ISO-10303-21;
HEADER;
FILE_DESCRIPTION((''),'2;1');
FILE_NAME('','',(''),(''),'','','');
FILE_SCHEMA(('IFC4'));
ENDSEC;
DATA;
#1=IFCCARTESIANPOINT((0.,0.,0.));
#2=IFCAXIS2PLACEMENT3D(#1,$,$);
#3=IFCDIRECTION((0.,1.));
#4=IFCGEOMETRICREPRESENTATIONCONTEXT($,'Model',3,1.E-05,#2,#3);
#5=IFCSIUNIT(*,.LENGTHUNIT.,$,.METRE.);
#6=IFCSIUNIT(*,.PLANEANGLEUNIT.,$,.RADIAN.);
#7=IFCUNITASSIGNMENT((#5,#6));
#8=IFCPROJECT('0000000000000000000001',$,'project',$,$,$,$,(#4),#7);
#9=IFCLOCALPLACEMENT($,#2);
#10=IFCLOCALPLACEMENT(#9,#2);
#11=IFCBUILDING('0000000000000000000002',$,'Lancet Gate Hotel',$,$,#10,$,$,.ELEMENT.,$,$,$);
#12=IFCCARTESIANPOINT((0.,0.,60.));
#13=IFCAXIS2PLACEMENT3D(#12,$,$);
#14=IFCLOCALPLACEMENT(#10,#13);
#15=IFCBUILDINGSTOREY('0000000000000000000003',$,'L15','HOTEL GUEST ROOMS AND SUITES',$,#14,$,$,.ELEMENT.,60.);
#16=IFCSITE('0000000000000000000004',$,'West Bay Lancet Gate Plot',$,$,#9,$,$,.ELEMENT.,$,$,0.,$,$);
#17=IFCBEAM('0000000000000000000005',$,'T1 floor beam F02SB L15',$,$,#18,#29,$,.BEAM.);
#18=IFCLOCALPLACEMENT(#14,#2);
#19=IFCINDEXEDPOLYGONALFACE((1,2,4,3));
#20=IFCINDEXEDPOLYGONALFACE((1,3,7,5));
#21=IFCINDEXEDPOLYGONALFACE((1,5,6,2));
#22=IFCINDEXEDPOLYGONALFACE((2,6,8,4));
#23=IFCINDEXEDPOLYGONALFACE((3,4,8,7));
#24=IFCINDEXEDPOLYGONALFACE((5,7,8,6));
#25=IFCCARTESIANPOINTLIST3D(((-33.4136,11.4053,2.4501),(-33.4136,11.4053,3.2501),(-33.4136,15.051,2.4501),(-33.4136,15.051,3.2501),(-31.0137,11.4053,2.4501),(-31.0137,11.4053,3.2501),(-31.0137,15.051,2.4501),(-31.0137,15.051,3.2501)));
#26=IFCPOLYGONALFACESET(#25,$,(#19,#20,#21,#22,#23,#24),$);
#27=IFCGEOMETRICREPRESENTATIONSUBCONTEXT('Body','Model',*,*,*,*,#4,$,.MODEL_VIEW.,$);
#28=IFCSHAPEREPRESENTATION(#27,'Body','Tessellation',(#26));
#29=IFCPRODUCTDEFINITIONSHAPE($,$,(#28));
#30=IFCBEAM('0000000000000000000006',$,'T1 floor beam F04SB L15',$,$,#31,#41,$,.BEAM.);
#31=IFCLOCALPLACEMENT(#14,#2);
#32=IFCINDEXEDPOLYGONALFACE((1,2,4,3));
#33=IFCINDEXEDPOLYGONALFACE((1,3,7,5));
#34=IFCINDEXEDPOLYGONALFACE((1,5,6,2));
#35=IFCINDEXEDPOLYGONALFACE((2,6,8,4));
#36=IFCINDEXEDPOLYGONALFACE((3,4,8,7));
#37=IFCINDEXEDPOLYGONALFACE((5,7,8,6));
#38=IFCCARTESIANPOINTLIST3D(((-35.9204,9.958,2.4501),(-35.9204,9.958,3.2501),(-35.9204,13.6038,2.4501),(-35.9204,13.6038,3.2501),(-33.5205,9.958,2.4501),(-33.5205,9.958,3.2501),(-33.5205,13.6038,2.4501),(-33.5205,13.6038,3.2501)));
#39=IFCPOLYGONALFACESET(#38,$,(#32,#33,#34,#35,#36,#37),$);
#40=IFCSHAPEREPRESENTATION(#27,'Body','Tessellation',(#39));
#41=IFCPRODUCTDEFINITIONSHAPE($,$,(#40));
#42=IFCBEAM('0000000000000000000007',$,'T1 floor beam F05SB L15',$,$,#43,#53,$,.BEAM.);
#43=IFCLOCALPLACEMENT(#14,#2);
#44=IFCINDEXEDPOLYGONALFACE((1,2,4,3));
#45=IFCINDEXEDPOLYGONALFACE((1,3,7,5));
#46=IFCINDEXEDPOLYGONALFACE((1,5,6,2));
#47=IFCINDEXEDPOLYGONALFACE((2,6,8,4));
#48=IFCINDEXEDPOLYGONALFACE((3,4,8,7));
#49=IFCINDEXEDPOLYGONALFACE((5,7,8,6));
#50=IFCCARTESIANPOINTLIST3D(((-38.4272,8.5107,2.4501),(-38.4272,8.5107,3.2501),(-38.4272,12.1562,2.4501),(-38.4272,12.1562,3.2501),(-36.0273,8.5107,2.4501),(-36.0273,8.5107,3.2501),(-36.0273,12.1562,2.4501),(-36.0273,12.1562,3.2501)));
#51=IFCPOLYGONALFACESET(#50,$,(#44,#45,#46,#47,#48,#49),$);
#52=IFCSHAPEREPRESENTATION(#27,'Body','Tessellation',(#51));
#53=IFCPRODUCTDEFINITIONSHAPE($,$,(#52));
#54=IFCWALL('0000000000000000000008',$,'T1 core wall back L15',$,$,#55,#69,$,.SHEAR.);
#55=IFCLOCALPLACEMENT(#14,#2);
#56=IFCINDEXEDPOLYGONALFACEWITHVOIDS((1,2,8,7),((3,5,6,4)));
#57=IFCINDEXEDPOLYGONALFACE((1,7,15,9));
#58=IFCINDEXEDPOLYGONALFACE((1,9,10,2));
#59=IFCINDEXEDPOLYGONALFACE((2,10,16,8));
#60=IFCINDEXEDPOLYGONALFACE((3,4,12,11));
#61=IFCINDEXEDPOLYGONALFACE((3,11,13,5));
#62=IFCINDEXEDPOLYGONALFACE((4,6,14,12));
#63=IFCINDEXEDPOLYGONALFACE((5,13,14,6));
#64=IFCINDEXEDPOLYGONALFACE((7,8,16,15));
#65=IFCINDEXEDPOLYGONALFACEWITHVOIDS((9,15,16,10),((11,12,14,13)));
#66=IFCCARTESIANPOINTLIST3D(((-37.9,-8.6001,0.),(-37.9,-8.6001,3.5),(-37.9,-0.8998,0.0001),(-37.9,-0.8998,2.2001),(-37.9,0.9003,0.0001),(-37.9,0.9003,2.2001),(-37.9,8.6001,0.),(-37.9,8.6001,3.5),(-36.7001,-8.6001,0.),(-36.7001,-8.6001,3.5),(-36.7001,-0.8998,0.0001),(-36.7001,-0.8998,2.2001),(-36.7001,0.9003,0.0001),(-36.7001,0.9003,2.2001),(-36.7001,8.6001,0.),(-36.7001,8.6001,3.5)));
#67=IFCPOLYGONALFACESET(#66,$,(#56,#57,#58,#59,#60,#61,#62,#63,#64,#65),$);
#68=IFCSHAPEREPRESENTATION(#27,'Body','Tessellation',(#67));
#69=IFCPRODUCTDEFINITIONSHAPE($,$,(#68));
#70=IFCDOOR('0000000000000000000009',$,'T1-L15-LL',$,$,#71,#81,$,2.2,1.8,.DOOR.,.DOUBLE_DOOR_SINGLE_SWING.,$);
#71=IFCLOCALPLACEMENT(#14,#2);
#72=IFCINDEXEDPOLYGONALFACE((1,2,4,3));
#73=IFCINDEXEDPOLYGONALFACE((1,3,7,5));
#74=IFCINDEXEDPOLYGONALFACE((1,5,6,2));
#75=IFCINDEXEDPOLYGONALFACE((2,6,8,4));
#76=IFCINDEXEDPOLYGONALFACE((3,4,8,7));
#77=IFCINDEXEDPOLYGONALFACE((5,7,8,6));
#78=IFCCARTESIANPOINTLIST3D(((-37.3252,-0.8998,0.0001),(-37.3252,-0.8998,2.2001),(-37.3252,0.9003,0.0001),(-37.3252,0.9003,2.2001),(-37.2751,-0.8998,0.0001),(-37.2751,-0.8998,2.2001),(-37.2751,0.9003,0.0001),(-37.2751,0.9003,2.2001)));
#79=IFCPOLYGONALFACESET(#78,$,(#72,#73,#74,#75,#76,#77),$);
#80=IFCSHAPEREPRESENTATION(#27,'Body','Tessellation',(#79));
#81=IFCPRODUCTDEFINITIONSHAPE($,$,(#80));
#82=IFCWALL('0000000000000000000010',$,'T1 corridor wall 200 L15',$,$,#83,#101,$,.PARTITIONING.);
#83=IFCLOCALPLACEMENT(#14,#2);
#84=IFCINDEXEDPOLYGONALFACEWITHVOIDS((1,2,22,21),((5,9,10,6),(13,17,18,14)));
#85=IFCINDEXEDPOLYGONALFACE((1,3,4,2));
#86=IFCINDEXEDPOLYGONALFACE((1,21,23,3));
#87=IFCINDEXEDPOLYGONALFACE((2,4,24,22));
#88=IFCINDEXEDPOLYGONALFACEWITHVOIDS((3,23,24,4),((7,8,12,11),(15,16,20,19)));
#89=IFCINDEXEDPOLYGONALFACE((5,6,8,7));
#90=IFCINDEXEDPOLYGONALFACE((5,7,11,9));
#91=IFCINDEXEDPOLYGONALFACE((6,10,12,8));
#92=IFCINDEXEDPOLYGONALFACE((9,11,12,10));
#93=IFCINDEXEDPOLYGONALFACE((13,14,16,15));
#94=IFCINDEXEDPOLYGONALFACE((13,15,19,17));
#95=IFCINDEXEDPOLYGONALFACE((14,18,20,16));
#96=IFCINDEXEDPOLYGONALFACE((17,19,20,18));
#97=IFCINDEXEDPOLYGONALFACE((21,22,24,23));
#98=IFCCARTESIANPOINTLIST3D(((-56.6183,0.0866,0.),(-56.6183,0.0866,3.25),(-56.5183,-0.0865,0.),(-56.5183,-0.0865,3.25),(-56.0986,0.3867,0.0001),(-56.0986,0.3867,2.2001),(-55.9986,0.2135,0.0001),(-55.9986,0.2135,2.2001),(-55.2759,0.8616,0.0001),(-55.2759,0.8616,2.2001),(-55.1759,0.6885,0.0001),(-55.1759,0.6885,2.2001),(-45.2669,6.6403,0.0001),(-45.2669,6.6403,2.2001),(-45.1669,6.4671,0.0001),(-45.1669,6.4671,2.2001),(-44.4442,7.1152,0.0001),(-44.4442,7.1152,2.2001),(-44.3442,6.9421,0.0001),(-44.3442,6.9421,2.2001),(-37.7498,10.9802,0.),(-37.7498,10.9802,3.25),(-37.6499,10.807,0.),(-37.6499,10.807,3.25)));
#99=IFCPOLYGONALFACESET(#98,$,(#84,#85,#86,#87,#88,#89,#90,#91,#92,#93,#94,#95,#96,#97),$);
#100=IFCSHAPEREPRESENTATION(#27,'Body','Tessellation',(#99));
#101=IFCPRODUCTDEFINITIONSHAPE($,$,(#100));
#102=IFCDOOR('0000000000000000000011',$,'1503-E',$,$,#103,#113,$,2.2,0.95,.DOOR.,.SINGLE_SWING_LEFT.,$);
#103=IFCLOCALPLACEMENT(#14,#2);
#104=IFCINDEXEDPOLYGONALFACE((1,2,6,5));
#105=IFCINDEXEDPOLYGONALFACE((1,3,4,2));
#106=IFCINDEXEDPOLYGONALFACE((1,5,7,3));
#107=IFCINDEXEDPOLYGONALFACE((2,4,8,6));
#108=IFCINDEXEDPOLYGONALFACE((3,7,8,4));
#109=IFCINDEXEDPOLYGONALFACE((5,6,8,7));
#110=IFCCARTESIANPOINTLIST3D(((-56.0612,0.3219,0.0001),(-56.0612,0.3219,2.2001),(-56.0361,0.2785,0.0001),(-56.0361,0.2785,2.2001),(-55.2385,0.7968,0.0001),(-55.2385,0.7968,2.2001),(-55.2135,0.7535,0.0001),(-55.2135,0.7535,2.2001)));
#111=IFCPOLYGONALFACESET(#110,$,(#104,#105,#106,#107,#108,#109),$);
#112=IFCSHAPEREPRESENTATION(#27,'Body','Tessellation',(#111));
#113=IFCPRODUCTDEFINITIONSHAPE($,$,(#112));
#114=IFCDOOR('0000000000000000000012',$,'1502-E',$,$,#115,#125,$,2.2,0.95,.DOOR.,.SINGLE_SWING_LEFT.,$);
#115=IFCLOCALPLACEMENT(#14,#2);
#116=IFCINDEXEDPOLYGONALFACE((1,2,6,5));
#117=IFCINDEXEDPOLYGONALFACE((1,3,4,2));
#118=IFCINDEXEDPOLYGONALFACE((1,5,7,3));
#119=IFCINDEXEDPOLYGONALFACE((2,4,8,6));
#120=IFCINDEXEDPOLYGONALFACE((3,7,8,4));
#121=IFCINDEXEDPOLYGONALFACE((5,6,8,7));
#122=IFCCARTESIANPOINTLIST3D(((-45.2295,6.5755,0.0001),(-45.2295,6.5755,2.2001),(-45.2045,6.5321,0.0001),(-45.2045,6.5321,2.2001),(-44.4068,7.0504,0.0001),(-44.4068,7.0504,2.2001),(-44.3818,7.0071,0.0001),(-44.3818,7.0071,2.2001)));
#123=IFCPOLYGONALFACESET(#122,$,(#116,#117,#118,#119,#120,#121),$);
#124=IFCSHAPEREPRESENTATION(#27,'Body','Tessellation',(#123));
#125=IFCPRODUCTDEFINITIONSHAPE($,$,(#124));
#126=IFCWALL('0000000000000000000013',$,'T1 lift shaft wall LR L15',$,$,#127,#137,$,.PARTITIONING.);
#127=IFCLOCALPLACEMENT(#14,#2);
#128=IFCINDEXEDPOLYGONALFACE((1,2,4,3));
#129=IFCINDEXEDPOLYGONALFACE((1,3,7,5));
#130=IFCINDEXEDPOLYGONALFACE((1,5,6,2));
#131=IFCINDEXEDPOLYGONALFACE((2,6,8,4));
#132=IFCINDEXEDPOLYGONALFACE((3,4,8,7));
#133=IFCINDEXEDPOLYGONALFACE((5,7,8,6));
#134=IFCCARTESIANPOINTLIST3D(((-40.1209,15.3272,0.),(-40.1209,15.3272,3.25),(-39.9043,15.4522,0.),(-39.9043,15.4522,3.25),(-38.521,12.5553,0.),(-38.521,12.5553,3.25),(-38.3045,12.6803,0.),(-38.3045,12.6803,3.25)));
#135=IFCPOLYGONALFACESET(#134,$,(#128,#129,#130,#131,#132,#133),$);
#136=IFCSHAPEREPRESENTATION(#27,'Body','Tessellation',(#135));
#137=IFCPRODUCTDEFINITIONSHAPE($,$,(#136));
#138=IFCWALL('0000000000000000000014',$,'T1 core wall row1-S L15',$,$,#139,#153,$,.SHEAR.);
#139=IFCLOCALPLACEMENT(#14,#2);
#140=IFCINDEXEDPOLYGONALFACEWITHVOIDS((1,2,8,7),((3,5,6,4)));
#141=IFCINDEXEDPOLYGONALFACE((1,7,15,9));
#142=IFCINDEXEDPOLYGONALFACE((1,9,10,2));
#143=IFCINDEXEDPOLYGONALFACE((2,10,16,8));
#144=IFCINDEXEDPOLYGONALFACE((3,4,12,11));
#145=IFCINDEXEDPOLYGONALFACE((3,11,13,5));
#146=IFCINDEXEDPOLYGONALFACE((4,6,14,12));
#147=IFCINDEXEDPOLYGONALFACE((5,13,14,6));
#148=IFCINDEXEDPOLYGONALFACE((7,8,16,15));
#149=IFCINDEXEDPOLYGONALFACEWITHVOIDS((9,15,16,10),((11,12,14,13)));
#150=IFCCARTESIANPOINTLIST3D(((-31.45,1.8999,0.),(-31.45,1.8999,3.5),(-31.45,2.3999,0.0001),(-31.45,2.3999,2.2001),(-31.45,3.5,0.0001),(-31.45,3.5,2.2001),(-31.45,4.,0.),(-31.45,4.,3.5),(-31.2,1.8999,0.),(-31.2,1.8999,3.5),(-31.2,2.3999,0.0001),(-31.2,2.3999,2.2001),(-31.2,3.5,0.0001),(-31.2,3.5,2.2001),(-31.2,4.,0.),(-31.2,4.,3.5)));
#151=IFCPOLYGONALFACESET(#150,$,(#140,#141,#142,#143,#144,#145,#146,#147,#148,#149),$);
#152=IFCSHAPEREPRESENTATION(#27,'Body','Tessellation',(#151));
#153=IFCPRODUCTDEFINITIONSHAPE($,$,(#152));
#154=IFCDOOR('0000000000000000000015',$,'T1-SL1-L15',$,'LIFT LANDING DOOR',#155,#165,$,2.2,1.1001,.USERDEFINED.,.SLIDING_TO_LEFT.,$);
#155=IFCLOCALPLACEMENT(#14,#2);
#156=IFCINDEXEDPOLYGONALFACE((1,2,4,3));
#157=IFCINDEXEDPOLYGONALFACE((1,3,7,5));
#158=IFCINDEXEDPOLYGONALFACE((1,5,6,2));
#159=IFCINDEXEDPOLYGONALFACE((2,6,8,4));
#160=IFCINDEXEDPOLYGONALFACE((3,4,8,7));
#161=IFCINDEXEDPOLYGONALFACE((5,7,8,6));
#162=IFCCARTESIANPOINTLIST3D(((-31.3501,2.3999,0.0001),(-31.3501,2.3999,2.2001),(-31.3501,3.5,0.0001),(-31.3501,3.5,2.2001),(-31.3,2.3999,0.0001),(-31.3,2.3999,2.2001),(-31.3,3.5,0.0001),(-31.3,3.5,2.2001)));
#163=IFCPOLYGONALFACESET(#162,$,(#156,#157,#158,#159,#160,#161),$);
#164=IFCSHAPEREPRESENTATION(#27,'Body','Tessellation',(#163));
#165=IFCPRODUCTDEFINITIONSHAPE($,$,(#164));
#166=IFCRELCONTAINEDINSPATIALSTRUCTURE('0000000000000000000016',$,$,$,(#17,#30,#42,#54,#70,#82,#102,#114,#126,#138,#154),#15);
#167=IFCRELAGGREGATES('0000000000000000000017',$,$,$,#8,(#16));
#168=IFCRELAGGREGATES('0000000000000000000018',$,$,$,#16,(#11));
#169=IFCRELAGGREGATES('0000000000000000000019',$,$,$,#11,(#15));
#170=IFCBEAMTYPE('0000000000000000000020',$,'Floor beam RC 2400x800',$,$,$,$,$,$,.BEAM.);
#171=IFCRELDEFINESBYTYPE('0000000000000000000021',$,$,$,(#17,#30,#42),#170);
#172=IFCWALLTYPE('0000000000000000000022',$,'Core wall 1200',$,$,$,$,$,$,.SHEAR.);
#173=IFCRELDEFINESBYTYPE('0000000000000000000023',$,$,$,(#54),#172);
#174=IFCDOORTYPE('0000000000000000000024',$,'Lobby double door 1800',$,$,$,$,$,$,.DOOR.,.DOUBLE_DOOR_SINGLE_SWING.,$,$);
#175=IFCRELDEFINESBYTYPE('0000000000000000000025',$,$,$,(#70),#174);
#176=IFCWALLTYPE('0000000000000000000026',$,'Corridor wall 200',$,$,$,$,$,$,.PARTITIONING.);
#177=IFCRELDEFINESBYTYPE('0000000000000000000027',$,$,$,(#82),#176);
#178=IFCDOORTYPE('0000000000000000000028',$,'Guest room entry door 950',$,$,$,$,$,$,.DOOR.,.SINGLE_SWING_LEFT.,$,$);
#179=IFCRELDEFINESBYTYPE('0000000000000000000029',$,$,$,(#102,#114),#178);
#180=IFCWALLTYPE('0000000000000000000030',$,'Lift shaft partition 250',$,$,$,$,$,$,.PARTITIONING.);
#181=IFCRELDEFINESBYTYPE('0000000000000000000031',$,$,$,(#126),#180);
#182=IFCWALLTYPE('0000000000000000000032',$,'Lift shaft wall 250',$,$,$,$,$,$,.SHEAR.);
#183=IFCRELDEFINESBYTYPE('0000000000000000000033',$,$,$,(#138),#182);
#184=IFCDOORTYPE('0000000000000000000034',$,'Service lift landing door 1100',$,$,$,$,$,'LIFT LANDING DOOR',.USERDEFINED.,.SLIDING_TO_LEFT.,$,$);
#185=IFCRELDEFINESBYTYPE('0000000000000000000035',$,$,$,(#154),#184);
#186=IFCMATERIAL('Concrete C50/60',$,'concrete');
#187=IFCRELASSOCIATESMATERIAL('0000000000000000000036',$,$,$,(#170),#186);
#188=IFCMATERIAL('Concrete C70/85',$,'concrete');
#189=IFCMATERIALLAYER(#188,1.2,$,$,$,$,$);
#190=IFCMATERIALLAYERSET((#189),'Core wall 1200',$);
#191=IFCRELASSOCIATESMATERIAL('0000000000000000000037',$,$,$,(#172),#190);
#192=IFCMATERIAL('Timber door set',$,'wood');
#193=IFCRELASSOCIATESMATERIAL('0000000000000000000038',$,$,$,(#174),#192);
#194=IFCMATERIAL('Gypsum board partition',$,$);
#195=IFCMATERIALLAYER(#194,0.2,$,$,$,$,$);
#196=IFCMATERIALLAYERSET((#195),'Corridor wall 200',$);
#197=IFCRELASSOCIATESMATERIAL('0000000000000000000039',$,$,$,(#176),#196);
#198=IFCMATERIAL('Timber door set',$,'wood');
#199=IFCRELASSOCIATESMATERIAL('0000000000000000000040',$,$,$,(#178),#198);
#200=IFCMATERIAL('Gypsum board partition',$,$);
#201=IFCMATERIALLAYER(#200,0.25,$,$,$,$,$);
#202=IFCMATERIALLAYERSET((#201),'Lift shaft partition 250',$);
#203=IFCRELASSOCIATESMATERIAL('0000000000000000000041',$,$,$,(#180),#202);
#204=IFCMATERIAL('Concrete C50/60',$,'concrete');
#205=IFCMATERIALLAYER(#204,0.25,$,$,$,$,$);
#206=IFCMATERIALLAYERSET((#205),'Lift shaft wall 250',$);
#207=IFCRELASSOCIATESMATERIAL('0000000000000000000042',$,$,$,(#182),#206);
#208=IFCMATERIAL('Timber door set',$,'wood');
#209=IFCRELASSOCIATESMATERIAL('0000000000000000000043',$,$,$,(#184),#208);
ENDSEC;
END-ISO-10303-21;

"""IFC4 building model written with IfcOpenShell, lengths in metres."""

from ifc_helpers import new_model, si_unit, direction, frame, frame_2d, origin, origin_2d, place, context, subcontext, project, spatial, rectangle, extrude, material, layer, layer_set, material_profile, profile_set, type_object, element, fill, save


model = new_model("IFC4")

# Units and contexts
model_context = context("Model", 3, precision=1e-05, world=origin(), true_north=direction((0.0, 1.0)))
body_context = subcontext(model_context, "Body", "Model", "MODEL_VIEW")
ifc_project = project(units=[si_unit("LENGTHUNIT", "METRE"), si_unit("PLANEANGLEUNIT", "RADIAN")], contexts=[model_context])

# Site, building, storey
site_placement = place(None, origin())
site = spatial("IfcSite", under=ifc_project, at=site_placement, Name="West Bay Lancet Gate Plot", CompositionType="ELEMENT", RefElevation=0.0)
building_placement = place(site_placement, origin())
building = spatial("IfcBuilding", under=site, at=building_placement, Name="Lancet Gate Hotel", CompositionType="ELEMENT")
storey_placement = place(building_placement, frame((0.0, 0.0, 60.0)))
storey = spatial("IfcBuildingStorey", under=building, at=storey_placement, Name="L15", Description="HOTEL GUEST ROOMS AND SUITES", CompositionType="ELEMENT", Elevation=60.0)

# Beams
ifc_material_1 = material(Name="Concrete C50/60", Category="concrete")
ifc_material_profile = material_profile(ifc_material_1, rectangle(XDim=2.3999, YDim=0.8, at=origin_2d()), Name="RC 2400x800")
ifc_profile_set = profile_set([ifc_material_profile], Name="Concrete C50/60")
beam_type = type_object("IfcBeamType", Name="Floor beam RC 2400x800", PredefinedType="BEAM", material=ifc_profile_set)
for number, where, z_axis, x_axis, name in (
    (1, (-32.2136, 15.051, 2.8501), (0.0, -1.0, 0.0), (1.0, 0.0, 0.0), "T1 floor beam F02SB L15"),
    (2, (-34.7205, 13.6038, 2.8501), (0.0, -1.0, 0.0), (1.0, 0.0, 0.0), "T1 floor beam F04SB L15"),
):
    element("IfcBeam", number, at=place(storey_placement, frame(where, z_axis=z_axis, x_axis=x_axis)), inside=storey, type_object=beam_type, Name=name, PredefinedType="BEAM", context=body_context, shape_type="SweptSolid", body=[
        extrude(rectangle(XDim=2.3999, YDim=0.8, at=origin_2d()), origin(), (0.0, 0.0, 1.0), 3.6458),
    ])
beam_placement = place(storey_placement, frame((-37.2273, 12.1562, 2.8501), z_axis=(0.0, -1.0, 0.0), x_axis=(1.0, 0.0, 0.0)))
element("IfcBeam", 3, at=beam_placement, inside=storey, type_object=beam_type, Name="T1 floor beam F05SB L15", PredefinedType="BEAM", context=body_context, shape_type="SweptSolid", body=[
    extrude(rectangle(XDim=2.3999, YDim=0.8, at=origin_2d()), origin(), (0.0, 0.0, 1.0), 3.6455),
])

# Wall, opening, door
ifc_material_2 = material(Name="Concrete C70/85", Category="concrete")
ifc_layer_1 = layer(ifc_material_2, 1.2)
ifc_layer_set_1 = layer_set([ifc_layer_1], Name="Core wall 1200")
wall_type_1 = type_object("IfcWallType", Name="Core wall 1200", PredefinedType="SHEAR", material=ifc_layer_set_1)
wall_1_placement = place(storey_placement, frame((-37.3, 8.6001, 0.0), z_axis=(0.0, 0.0, 1.0), x_axis=(0.0, -1.0, 0.0)))
wall_1 = element("IfcWall", 4, at=wall_1_placement, inside=storey, type_object=wall_type_1, Name="T1 core wall back L15", PredefinedType="SHEAR", context=body_context, shape_type="SweptSolid", body=[
    extrude(rectangle(XDim=17.2002, YDim=1.2, at=frame_2d((8.6001, 0.0))), origin(), (0.0, 0.0, 1.0), 3.5),
])
opening_1_placement = place(wall_1_placement, frame((7.7, 0.0, 0.0)))
opening_1 = element("IfcOpeningElement", 5, at=opening_1_placement, cuts=wall_1, PredefinedType="OPENING", context=body_context, shape_type="SweptSolid", body=[
    extrude(rectangle(XDim=1.8, YDim=2.2, at=frame_2d((0.8999, 1.1001))), frame((0.0, 0.6099, 0.0), z_axis=(0.0, -1.0, 0.0), x_axis=(1.0, 0.0, 0.0)), (0.0, 0.0, 1.0), 1.22),
])
ifc_material_3 = material(Name="Timber door set", Category="wood")
door_type_1 = type_object("IfcDoorType", Name="Lobby double door 1800", OperationType="DOUBLE_DOOR_SINGLE_SWING", PredefinedType="DOOR", material=ifc_material_3)
door_1_placement = place(opening_1_placement, origin())
door_1 = element("IfcDoor", 6, at=door_1_placement, inside=storey, type_object=door_type_1, Name="T1-L15-LL", OperationType="DOUBLE_DOOR_SINGLE_SWING", OverallHeight=2.2, OverallWidth=1.8, PredefinedType="DOOR", context=body_context, shape_type="SweptSolid", body=[
    extrude(rectangle(XDim=1.8, YDim=2.2, at=frame_2d((0.8999, 1.1001))), frame((0.0, 0.0249, 0.0), z_axis=(0.0, -1.0, 0.0), x_axis=(1.0, 0.0, 0.0)), (0.0, 0.0, 1.0), 0.05),
])
fill(opening_1, door_1)

# Wall, openings, doors
ifc_material_4 = material(Name="Gypsum board partition")
ifc_layer_2 = layer(ifc_material_4, 0.2)
ifc_layer_set_2 = layer_set([ifc_layer_2], Name="Corridor wall 200")
wall_type_2 = type_object("IfcWallType", Name="Corridor wall 200", PredefinedType="PARTITIONING", material=ifc_layer_set_2)
wall_2_placement = place(storey_placement, frame((-37.7, 10.8936, 0.0), z_axis=(0.0, 0.0, 1.0), x_axis=(-0.866028, -0.499996, 0.0)))
wall_2 = element("IfcWall", 7, at=wall_2_placement, inside=storey, type_object=wall_type_2, Name="T1 corridor wall 200 L15", PredefinedType="PARTITIONING", context=body_context, shape_type="SweptSolid", body=[
    extrude(rectangle(XDim=21.7874, YDim=0.2, at=frame_2d((10.8936, 0.0))), origin(), (0.0, 0.0, 1.0), 3.25),
])
opening_2_placement = place(wall_2_placement, frame((20.2371, 0.0, 0.0)))
opening_2 = element("IfcOpeningElement", 8, at=opening_2_placement, cuts=wall_2, PredefinedType="OPENING", context=body_context, shape_type="SweptSolid", body=[
    extrude(rectangle(XDim=0.95, YDim=2.2, at=frame_2d((0.4751, 1.1001))), frame((0.0, 0.1099, 0.0), z_axis=(0.0, -1.0, 0.0), x_axis=(1.0, 0.0, 0.0)), (0.0, 0.0, 1.0), 0.22),
])
opening_3_placement = place(wall_2_placement, frame((7.7297, 0.0, 0.0)))
opening_3 = element("IfcOpeningElement", 9, at=opening_3_placement, cuts=wall_2, PredefinedType="OPENING", context=body_context, shape_type="SweptSolid", body=[
    extrude(rectangle(XDim=0.95, YDim=2.2, at=frame_2d((0.4751, 1.1001))), frame((0.0, 0.1099, 0.0), z_axis=(0.0, -1.0, 0.0), x_axis=(1.0, 0.0, 0.0)), (0.0, 0.0, 1.0), 0.22),
])
ifc_material_5 = material(Name="Timber door set", Category="wood")
door_type_2 = type_object("IfcDoorType", Name="Guest room entry door 950", OperationType="SINGLE_SWING_LEFT", PredefinedType="DOOR", material=ifc_material_5)
door_2_placement = place(opening_2_placement, origin())
door_2 = element("IfcDoor", 10, at=door_2_placement, inside=storey, type_object=door_type_2, Name="1503-E", OperationType="SINGLE_SWING_LEFT", OverallHeight=2.2, OverallWidth=0.95, PredefinedType="DOOR", context=body_context, shape_type="SweptSolid", body=[
    extrude(rectangle(XDim=0.95, YDim=2.2, at=frame_2d((0.4751, 1.1001))), frame((0.0, 0.0249, 0.0), z_axis=(0.0, -1.0, 0.0), x_axis=(1.0, 0.0, 0.0)), (0.0, 0.0, 1.0), 0.05),
])
fill(opening_2, door_2)
door_3_placement = place(opening_3_placement, origin())
door_3 = element("IfcDoor", 11, at=door_3_placement, inside=storey, type_object=door_type_2, Name="1502-E", OperationType="SINGLE_SWING_LEFT", OverallHeight=2.2, OverallWidth=0.95, PredefinedType="DOOR", context=body_context, shape_type="SweptSolid", body=[
    extrude(rectangle(XDim=0.95, YDim=2.2, at=frame_2d((0.4751, 1.1001))), frame((0.0, 0.0249, 0.0), z_axis=(0.0, -1.0, 0.0), x_axis=(1.0, 0.0, 0.0)), (0.0, 0.0, 1.0), 0.05),
])
fill(opening_3, door_3)

# Wall
ifc_material_6 = material(Name="Gypsum board partition")
ifc_layer_3 = layer(ifc_material_6, 0.25)
ifc_layer_set_3 = layer_set([ifc_layer_3], Name="Lift shaft partition 250")
wall_type_3 = type_object("IfcWallType", Name="Lift shaft partition 250", PredefinedType="PARTITIONING", material=ifc_layer_set_3)
wall_3_placement = place(storey_placement, frame((-38.4128, 12.6179, 0.0), z_axis=(0.0, 0.0, 1.0), x_axis=(-0.499872, 0.866099, 0.0)))
element("IfcWall", 12, at=wall_3_placement, inside=storey, type_object=wall_type_3, Name="T1 lift shaft wall LR L15", PredefinedType="PARTITIONING", context=body_context, shape_type="SweptSolid", body=[
    extrude(rectangle(XDim=3.2004, YDim=0.25, at=frame_2d((1.6001, 0.0))), origin(), (0.0, 0.0, 1.0), 3.25),
])

# Wall, opening, door
ifc_material_7 = material(Name="Concrete C50/60", Category="concrete")
ifc_layer_4 = layer(ifc_material_7, 0.25)
ifc_layer_set_4 = layer_set([ifc_layer_4], Name="Lift shaft wall 250")
wall_type_4 = type_object("IfcWallType", Name="Lift shaft wall 250", PredefinedType="SHEAR", material=ifc_layer_set_4)
wall_4_placement = place(storey_placement, frame((-31.325, 4.0, 0.0), z_axis=(0.0, 0.0, 1.0), x_axis=(0.0, -1.0, 0.0)))
wall_4 = element("IfcWall", 13, at=wall_4_placement, inside=storey, type_object=wall_type_4, Name="T1 core wall row1-S L15", PredefinedType="SHEAR", context=body_context, shape_type="SweptSolid", body=[
    extrude(rectangle(XDim=2.1001, YDim=0.25, at=frame_2d((1.05, 0.0))), origin(), (0.0, 0.0, 1.0), 3.5),
])
opening_4_placement = place(wall_4_placement, frame((0.5, 0.0, 0.0)))
opening_4 = element("IfcOpeningElement", 14, at=opening_4_placement, cuts=wall_4, PredefinedType="OPENING", context=body_context, shape_type="SweptSolid", body=[
    extrude(rectangle(XDim=1.1001, YDim=2.2, at=frame_2d((0.55, 1.1001))), frame((0.0, 0.135, 0.0), z_axis=(0.0, -1.0, 0.0), x_axis=(1.0, 0.0, 0.0)), (0.0, 0.0, 1.0), 0.27),
])
ifc_material_8 = material(Name="Timber door set", Category="wood")
door_type_3 = type_object("IfcDoorType", Name="Service lift landing door 1100", ElementType="LIFT LANDING DOOR", OperationType="SLIDING_TO_LEFT", PredefinedType="USERDEFINED", material=ifc_material_8)
door_4_placement = place(opening_4_placement, origin())
door_4 = element("IfcDoor", 15, at=door_4_placement, inside=storey, type_object=door_type_3, Name="T1-SL1-L15", ObjectType="LIFT LANDING DOOR", OperationType="SLIDING_TO_LEFT", OverallHeight=2.2, OverallWidth=1.1001, PredefinedType="USERDEFINED", context=body_context, shape_type="SweptSolid", body=[
    extrude(rectangle(XDim=1.1001, YDim=2.2, at=frame_2d((0.55, 1.1001))), frame((0.0, 0.0249, 0.0), z_axis=(0.0, -1.0, 0.0), x_axis=(1.0, 0.0, 0.0)), (0.0, 0.0, 1.0), 0.05),
])
fill(opening_4, door_4)

save(model, "model.ifc")
